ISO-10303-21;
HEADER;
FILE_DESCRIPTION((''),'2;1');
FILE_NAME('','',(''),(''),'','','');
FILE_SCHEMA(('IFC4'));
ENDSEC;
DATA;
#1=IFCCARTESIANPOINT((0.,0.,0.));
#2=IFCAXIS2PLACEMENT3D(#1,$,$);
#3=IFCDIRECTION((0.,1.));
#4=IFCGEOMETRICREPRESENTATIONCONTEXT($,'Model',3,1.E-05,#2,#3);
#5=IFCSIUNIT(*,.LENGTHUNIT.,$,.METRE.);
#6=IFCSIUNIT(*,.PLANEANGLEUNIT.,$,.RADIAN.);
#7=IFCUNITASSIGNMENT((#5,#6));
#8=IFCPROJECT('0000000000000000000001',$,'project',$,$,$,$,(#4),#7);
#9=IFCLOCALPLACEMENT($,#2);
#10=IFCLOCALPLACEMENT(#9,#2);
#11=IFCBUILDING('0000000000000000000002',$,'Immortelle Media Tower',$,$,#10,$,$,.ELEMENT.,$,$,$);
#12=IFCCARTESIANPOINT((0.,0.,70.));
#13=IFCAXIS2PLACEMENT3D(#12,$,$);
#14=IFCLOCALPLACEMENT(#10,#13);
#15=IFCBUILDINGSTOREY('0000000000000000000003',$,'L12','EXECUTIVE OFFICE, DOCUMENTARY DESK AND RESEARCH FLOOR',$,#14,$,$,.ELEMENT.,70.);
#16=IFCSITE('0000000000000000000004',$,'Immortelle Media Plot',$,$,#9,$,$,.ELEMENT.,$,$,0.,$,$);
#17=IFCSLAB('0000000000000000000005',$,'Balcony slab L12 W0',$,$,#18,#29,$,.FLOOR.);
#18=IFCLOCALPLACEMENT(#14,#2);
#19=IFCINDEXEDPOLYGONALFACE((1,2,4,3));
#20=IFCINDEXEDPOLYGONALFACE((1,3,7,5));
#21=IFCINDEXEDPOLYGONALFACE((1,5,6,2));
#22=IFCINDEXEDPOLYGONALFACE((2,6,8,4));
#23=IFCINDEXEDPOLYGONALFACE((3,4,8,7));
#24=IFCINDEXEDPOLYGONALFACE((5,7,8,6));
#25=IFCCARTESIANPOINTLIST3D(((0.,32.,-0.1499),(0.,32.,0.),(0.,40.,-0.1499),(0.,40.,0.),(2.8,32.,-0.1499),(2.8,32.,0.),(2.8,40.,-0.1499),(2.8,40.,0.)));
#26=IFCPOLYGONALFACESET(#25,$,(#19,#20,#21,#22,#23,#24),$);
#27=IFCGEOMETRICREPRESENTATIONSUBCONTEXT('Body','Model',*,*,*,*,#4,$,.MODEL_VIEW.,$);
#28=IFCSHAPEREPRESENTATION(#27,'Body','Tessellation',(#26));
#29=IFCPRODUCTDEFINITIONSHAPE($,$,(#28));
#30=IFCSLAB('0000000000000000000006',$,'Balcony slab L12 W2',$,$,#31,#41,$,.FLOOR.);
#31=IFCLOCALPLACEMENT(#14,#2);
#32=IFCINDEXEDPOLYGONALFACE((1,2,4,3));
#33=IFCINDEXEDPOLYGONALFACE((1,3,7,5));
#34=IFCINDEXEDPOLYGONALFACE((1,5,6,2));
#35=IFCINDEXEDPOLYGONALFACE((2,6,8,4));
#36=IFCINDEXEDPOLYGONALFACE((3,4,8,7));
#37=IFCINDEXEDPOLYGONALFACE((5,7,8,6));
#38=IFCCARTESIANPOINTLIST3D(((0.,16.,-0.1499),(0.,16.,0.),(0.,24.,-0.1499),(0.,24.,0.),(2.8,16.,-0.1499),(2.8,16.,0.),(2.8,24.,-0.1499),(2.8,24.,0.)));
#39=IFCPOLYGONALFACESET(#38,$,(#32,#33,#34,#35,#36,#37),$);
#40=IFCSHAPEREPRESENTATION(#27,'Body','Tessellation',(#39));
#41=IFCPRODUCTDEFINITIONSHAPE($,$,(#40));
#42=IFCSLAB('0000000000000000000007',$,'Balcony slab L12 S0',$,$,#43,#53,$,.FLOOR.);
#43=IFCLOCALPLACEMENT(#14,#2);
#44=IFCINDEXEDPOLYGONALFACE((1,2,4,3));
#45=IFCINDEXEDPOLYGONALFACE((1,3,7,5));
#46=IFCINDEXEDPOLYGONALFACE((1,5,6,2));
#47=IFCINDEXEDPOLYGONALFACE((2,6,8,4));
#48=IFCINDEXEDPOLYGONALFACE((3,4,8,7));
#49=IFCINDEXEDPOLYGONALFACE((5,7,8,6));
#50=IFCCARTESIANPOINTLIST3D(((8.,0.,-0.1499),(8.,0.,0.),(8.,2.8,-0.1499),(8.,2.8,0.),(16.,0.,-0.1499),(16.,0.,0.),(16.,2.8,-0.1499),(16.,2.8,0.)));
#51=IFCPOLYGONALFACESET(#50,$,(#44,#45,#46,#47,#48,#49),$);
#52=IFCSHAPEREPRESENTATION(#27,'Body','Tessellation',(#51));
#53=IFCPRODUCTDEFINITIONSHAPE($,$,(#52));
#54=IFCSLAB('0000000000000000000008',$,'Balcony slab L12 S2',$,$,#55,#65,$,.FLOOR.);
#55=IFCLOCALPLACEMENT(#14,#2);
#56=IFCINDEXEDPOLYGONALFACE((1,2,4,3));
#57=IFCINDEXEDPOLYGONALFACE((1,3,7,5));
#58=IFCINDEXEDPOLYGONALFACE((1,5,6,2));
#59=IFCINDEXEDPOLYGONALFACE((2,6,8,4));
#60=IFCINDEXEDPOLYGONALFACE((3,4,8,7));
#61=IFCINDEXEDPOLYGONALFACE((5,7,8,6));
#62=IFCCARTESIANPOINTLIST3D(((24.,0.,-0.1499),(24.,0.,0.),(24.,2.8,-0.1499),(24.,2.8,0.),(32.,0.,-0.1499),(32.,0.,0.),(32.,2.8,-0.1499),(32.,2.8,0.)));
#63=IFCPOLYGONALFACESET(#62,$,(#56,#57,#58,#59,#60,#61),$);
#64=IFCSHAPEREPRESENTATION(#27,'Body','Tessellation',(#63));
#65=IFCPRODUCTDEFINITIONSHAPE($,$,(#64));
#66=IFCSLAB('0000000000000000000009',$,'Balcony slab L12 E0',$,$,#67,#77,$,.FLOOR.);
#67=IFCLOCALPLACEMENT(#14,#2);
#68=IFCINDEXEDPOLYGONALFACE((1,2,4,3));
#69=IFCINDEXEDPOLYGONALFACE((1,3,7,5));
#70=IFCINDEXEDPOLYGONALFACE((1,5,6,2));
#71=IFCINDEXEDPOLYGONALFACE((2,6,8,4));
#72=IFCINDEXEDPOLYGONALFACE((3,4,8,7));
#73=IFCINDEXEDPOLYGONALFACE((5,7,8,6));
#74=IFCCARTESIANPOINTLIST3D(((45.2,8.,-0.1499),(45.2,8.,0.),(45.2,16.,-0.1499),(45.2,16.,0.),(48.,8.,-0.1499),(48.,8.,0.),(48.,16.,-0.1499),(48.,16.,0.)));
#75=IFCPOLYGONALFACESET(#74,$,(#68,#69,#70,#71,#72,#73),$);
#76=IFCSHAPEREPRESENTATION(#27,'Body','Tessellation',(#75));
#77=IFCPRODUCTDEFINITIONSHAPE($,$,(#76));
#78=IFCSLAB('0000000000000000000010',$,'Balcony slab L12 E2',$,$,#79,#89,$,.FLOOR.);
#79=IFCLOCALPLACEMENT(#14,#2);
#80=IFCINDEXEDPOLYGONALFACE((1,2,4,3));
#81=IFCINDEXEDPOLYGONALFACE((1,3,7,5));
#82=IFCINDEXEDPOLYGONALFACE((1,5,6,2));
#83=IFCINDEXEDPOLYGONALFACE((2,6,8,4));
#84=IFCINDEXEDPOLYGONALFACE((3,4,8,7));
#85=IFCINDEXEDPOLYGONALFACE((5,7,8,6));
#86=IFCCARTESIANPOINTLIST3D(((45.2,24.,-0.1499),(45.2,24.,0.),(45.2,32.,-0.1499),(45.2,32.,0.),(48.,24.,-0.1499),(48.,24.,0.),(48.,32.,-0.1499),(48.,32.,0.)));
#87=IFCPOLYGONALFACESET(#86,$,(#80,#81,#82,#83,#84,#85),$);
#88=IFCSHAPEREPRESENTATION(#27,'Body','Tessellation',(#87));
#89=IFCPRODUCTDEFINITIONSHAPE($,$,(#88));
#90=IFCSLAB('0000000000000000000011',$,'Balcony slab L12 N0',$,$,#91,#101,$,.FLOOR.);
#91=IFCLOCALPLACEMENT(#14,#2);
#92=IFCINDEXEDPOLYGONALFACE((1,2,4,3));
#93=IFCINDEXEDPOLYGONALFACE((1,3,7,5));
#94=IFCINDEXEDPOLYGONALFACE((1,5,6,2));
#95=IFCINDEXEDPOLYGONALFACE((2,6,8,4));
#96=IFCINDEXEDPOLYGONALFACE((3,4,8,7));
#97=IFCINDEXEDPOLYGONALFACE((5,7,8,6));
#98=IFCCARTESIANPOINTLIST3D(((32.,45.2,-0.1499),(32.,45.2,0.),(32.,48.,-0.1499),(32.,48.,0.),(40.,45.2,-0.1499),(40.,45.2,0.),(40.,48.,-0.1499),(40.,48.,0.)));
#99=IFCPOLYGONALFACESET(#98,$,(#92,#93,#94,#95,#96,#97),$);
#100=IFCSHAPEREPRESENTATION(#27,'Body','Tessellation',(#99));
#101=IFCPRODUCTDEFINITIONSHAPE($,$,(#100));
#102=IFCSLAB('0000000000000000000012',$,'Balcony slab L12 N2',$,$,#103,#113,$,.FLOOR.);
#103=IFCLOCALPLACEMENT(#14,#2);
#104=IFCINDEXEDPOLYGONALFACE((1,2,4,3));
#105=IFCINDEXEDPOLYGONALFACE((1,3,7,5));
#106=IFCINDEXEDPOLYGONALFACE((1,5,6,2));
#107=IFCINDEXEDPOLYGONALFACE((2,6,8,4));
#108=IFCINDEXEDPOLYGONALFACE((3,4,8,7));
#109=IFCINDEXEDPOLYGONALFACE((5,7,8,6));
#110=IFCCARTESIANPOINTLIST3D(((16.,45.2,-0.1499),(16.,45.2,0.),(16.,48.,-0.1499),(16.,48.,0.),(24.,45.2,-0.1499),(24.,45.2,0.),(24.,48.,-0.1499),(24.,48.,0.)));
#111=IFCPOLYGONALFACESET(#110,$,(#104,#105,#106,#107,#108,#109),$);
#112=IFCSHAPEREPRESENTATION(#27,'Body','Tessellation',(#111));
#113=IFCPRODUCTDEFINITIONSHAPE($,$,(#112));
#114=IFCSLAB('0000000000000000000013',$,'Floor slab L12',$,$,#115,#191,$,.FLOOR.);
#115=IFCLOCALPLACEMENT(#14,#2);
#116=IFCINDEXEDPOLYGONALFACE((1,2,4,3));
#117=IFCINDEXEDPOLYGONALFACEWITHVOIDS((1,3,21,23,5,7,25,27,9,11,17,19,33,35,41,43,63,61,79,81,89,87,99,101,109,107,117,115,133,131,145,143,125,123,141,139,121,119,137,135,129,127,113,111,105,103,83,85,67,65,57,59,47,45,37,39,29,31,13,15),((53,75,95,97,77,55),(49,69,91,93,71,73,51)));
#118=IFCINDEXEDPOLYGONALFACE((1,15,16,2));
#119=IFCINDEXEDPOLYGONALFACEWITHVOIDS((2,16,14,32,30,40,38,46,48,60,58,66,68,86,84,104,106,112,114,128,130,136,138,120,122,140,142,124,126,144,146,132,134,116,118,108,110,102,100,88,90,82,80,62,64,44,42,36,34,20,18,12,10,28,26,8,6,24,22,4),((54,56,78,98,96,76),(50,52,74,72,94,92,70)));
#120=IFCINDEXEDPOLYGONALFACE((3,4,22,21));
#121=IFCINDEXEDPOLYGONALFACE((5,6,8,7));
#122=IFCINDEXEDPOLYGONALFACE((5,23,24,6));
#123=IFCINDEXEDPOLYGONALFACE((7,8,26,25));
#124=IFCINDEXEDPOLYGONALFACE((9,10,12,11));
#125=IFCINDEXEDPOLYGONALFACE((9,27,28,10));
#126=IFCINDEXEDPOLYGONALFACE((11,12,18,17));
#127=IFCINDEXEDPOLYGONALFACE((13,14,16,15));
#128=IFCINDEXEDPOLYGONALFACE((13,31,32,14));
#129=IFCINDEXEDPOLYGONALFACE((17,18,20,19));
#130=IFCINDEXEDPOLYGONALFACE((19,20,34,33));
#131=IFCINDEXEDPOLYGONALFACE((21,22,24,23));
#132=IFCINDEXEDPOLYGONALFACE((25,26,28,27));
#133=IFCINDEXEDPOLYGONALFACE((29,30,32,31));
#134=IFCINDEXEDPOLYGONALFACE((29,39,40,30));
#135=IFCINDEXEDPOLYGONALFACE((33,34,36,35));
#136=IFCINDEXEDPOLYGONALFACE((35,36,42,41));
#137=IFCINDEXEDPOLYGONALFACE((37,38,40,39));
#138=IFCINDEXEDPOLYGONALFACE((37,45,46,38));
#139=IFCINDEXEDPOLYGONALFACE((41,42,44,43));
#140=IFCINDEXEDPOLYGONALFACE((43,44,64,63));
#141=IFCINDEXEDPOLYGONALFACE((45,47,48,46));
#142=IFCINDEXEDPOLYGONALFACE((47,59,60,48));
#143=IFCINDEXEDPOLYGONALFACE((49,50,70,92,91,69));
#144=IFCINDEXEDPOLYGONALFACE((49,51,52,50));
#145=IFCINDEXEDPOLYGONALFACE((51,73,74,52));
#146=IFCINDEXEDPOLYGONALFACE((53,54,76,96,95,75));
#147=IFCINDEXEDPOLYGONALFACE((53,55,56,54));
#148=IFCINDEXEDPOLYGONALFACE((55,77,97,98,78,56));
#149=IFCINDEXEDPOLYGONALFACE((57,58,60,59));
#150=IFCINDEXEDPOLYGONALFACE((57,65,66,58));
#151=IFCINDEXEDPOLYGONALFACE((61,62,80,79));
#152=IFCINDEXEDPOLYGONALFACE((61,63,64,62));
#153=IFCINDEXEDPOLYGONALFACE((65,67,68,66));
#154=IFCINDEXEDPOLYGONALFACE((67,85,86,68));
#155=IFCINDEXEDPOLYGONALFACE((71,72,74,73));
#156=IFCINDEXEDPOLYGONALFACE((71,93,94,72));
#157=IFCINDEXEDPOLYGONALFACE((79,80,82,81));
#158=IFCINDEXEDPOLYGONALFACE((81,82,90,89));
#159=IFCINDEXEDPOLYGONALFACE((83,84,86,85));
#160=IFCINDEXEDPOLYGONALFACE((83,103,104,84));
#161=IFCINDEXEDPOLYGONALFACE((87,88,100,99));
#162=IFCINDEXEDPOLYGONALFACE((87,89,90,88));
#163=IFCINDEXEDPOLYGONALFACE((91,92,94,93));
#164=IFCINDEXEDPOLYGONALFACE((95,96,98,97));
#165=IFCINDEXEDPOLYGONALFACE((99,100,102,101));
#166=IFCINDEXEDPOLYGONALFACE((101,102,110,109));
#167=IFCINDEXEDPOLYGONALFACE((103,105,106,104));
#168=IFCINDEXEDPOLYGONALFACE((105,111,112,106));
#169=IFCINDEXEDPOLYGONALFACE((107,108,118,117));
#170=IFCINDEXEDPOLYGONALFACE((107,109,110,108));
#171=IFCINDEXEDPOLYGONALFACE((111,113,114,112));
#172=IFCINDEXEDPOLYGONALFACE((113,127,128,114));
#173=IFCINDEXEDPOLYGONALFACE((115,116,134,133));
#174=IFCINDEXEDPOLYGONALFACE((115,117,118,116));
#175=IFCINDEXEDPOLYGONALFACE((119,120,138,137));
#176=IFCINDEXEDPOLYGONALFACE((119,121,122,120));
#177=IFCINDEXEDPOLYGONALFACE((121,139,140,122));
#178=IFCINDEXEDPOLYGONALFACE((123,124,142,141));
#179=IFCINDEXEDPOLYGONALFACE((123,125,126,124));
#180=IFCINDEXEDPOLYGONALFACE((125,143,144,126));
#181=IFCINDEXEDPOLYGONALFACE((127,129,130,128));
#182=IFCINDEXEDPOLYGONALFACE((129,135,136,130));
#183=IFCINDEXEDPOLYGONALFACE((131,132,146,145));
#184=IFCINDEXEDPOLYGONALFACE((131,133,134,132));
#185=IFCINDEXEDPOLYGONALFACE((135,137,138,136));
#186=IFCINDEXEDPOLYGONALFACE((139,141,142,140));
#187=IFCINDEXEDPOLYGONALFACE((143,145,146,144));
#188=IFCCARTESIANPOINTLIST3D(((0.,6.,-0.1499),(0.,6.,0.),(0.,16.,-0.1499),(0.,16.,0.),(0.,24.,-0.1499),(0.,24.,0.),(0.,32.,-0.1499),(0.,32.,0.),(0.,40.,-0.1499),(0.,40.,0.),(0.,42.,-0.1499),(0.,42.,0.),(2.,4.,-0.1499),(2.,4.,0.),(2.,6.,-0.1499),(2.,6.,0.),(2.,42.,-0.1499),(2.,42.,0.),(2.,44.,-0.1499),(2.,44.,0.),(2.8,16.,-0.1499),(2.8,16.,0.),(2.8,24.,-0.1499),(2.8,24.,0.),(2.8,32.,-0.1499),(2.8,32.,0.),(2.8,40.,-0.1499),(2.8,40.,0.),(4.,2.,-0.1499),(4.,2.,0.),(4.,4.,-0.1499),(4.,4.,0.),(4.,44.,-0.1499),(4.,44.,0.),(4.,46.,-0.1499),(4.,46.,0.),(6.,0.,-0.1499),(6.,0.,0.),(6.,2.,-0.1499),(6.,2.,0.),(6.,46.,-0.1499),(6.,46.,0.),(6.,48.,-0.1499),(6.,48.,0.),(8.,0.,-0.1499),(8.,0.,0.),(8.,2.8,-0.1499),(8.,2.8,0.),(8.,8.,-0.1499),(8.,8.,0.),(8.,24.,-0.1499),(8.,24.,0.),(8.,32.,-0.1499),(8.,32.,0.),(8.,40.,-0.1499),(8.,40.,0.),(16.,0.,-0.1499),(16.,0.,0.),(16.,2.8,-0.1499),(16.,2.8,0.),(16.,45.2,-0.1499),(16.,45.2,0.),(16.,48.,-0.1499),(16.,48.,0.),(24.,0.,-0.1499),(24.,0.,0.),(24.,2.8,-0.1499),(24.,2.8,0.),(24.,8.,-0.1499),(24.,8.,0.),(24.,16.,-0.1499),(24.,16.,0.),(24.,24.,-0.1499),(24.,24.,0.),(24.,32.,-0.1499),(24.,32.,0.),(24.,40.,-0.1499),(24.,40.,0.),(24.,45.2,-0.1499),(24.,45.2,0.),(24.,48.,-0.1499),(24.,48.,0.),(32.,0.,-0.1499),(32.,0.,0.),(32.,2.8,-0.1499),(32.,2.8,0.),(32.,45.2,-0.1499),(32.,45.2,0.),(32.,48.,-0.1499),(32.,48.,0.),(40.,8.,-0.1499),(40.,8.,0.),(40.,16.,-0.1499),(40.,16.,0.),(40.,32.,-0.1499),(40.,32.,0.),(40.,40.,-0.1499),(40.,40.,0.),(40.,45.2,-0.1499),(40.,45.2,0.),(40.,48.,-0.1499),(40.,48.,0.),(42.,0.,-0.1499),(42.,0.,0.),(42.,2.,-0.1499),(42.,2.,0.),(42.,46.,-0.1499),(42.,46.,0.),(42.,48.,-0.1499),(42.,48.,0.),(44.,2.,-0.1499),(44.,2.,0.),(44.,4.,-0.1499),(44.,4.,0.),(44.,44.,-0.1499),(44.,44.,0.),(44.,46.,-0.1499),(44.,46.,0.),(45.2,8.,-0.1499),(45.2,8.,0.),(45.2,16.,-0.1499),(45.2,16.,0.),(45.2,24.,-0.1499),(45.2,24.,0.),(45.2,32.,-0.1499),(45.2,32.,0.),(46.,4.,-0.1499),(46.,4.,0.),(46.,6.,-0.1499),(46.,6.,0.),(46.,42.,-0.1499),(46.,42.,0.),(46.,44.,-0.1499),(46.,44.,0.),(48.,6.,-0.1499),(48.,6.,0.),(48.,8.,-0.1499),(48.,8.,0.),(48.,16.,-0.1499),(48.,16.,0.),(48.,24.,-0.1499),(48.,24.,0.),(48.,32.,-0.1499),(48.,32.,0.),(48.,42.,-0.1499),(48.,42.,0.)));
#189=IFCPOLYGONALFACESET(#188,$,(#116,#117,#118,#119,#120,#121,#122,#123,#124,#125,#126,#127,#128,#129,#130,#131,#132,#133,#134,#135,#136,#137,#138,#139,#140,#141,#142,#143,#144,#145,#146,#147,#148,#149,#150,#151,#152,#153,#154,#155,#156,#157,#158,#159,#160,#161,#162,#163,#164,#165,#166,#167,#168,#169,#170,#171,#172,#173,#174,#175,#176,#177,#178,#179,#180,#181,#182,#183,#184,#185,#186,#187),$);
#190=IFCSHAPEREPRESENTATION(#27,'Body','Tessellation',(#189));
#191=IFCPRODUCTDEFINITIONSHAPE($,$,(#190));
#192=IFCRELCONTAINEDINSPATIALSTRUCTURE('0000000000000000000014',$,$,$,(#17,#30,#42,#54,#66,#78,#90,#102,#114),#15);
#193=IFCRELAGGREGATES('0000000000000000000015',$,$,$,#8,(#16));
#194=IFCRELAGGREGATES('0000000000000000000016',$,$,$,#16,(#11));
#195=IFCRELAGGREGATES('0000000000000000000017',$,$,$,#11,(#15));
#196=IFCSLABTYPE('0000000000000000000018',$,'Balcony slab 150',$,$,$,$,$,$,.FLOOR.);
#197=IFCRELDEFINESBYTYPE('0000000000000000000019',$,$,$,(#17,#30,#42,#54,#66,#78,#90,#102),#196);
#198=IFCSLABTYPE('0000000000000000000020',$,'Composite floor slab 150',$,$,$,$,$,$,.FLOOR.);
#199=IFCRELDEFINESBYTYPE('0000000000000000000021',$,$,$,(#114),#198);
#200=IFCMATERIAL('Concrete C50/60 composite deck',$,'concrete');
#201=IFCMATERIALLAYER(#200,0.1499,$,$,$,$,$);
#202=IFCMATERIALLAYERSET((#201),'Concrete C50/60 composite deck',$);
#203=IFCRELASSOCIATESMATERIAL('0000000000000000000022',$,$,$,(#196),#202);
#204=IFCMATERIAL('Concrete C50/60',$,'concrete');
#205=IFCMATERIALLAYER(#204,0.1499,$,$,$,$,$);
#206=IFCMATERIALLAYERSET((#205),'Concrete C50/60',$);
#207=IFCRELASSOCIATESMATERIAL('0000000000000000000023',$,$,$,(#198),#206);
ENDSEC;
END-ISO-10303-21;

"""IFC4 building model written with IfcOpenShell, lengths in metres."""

from ifc_helpers import new_model, si_unit, direction, frame, origin, place, context, subcontext, project, spatial, polyline, outline, extrude, material, layer, layer_set, type_object, element, save


model = new_model("IFC4")

# Units and contexts
model_context = context("Model", 3, precision=1e-05, world=origin(), true_north=direction((0.0, 1.0)))
body_context = subcontext(model_context, "Body", "Model", "MODEL_VIEW")
ifc_project = project(units=[si_unit("LENGTHUNIT", "METRE"), si_unit("PLANEANGLEUNIT", "RADIAN")], contexts=[model_context])

# Site, building, storey
site_placement = place(None, origin())
site = spatial("IfcSite", under=ifc_project, at=site_placement, Name="Immortelle Media Plot", CompositionType="ELEMENT", RefElevation=0.0)
building_placement = place(site_placement, origin())
building = spatial("IfcBuilding", under=site, at=building_placement, Name="Immortelle Media Tower", CompositionType="ELEMENT")
storey_placement = place(building_placement, frame((0.0, 0.0, 70.0)))
storey = spatial("IfcBuildingStorey", under=building, at=storey_placement, Name="L12", Description="EXECUTIVE OFFICE, DOCUMENTARY DESK AND RESEARCH FLOOR", CompositionType="ELEMENT", Elevation=70.0)

# Slabs
ifc_material_1 = material(Name="Concrete C50/60 composite deck", Category="concrete")
ifc_layer_1 = layer(ifc_material_1, 0.1499)
ifc_layer_set_1 = layer_set([ifc_layer_1], Name="Concrete C50/60 composite deck")
slab_type_1 = type_object("IfcSlabType", Name="Balcony slab 150", PredefinedType="FLOOR", material=ifc_layer_set_1)
slab_1_placement = place(storey_placement, frame((0.0, 0.0, -0.1499)))
element("IfcSlab", 1, at=slab_1_placement, inside=storey, type_object=slab_type_1, Name="Balcony slab L12 W0", PredefinedType="FLOOR", context=body_context, shape_type="SweptSolid", body=[
    extrude(outline(polyline([(2.8, 32.0), (2.8, 40.0), (0.0, 40.0), (0.0, 32.0), (2.8, 32.0)])), origin(), (0.0, 0.0, 1.0), 0.1499),
])
slab_2_placement = place(storey_placement, frame((0.0, 0.0, -0.1499)))
element("IfcSlab", 2, at=slab_2_placement, inside=storey, type_object=slab_type_1, Name="Balcony slab L12 W2", PredefinedType="FLOOR", context=body_context, shape_type="SweptSolid", body=[
    extrude(outline(polyline([(2.8, 16.0), (2.8, 24.0), (0.0, 24.0), (0.0, 16.0), (2.8, 16.0)])), origin(), (0.0, 0.0, 1.0), 0.1499),
])
slab_3_placement = place(storey_placement, frame((0.0, 0.0, -0.1499)))
element("IfcSlab", 3, at=slab_3_placement, inside=storey, type_object=slab_type_1, Name="Balcony slab L12 S0", PredefinedType="FLOOR", context=body_context, shape_type="SweptSolid", body=[
    extrude(outline(polyline([(16.0, 0.0), (16.0, 2.8), (8.0, 2.8), (8.0, 0.0), (16.0, 0.0)])), origin(), (0.0, 0.0, 1.0), 0.1499),
])
slab_4_placement = place(storey_placement, frame((0.0, 0.0, -0.1499)))
element("IfcSlab", 4, at=slab_4_placement, inside=storey, type_object=slab_type_1, Name="Balcony slab L12 S2", PredefinedType="FLOOR", context=body_context, shape_type="SweptSolid", body=[
    extrude(outline(polyline([(32.0, 0.0), (32.0, 2.8), (24.0, 2.8), (24.0, 0.0), (32.0, 0.0)])), origin(), (0.0, 0.0, 1.0), 0.1499),
])
slab_5_placement = place(storey_placement, frame((0.0, 0.0, -0.1499)))
element("IfcSlab", 5, at=slab_5_placement, inside=storey, type_object=slab_type_1, Name="Balcony slab L12 E0", PredefinedType="FLOOR", context=body_context, shape_type="SweptSolid", body=[
    extrude(outline(polyline([(48.0, 8.0), (48.0, 16.0), (45.2, 16.0), (45.2, 8.0), (48.0, 8.0)])), origin(), (0.0, 0.0, 1.0), 0.1499),
])
slab_6_placement = place(storey_placement, frame((0.0, 0.0, -0.1499)))
element("IfcSlab", 6, at=slab_6_placement, inside=storey, type_object=slab_type_1, Name="Balcony slab L12 E2", PredefinedType="FLOOR", context=body_context, shape_type="SweptSolid", body=[
    extrude(outline(polyline([(48.0, 24.0), (48.0, 32.0), (45.2, 32.0), (45.2, 24.0), (48.0, 24.0)])), origin(), (0.0, 0.0, 1.0), 0.1499),
])
slab_7_placement = place(storey_placement, frame((0.0, 0.0, -0.1499)))
element("IfcSlab", 7, at=slab_7_placement, inside=storey, type_object=slab_type_1, Name="Balcony slab L12 N0", PredefinedType="FLOOR", context=body_context, shape_type="SweptSolid", body=[
    extrude(outline(polyline([(40.0, 45.2), (40.0, 48.0), (32.0, 48.0), (32.0, 45.2), (40.0, 45.2)])), origin(), (0.0, 0.0, 1.0), 0.1499),
])
slab_8_placement = place(storey_placement, frame((0.0, 0.0, -0.1499)))
element("IfcSlab", 8, at=slab_8_placement, inside=storey, type_object=slab_type_1, Name="Balcony slab L12 N2", PredefinedType="FLOOR", context=body_context, shape_type="SweptSolid", body=[
    extrude(outline(polyline([(24.0, 45.2), (24.0, 48.0), (16.0, 48.0), (16.0, 45.2), (24.0, 45.2)])), origin(), (0.0, 0.0, 1.0), 0.1499),
])
ifc_material_2 = material(Name="Concrete C50/60", Category="concrete")
ifc_layer_2 = layer(ifc_material_2, 0.1499)
ifc_layer_set_2 = layer_set([ifc_layer_2], Name="Concrete C50/60")
slab_type_2 = type_object("IfcSlabType", Name="Composite floor slab 150", PredefinedType="FLOOR", material=ifc_layer_set_2)
slab_9_placement = place(storey_placement, frame((0.0, 0.0, -0.1499)))
element("IfcSlab", 9, at=slab_9_placement, inside=storey, type_object=slab_type_2, Name="Floor slab L12", PredefinedType="FLOOR", context=body_context, shape_type="SweptSolid", body=[
    extrude(outline(polyline([(6.0, 0.0), (6.0, 2.0), (4.0, 2.0), (4.0, 4.0), (2.0, 4.0), (2.0, 6.0), (0.0, 6.0), (0.0, 16.0), (2.8, 16.0), (2.8, 24.0), (0.0, 24.0), (0.0, 32.0), (2.8, 32.0), (2.8, 40.0), (0.0, 40.0), (0.0, 42.0), (2.0, 42.0), (2.0, 44.0), (4.0, 44.0), (4.0, 46.0), (6.0, 46.0), (6.0, 48.0), (16.0, 48.0), (16.0, 45.2), (24.0, 45.2), (24.0, 48.0), (32.0, 48.0), (32.0, 45.2), (40.0, 45.2), (40.0, 48.0), (42.0, 48.0), (42.0, 46.0), (44.0, 46.0), (44.0, 44.0), (46.0, 44.0), (46.0, 42.0), (48.0, 42.0), (48.0, 32.0), (45.2, 32.0), (45.2, 24.0), (48.0, 24.0), (48.0, 16.0), (45.2, 16.0), (45.2, 8.0), (48.0, 8.0), (48.0, 6.0), (46.0, 6.0), (46.0, 4.0), (44.0, 4.0), (44.0, 2.0), (42.0, 2.0), (42.0, 0.0), (32.0, 0.0), (32.0, 2.8), (24.0, 2.8), (24.0, 0.0), (16.0, 0.0), (16.0, 2.8), (8.0, 2.8), (8.0, 0.0), (6.0, 0.0)]), holes=[polyline([(24.0, 24.0), (8.0, 24.0), (8.0, 8.0), (24.0, 8.0), (40.0, 8.0), (40.0, 16.0), (24.0, 16.0), (24.0, 24.0)]), polyline([(24.0, 32.0), (40.0, 32.0), (40.0, 40.0), (24.0, 40.0), (8.0, 40.0), (8.0, 32.0), (24.0, 32.0)])]), origin(), (0.0, 0.0, 1.0), 0.1499),
])

save(model, "model.ifc")
